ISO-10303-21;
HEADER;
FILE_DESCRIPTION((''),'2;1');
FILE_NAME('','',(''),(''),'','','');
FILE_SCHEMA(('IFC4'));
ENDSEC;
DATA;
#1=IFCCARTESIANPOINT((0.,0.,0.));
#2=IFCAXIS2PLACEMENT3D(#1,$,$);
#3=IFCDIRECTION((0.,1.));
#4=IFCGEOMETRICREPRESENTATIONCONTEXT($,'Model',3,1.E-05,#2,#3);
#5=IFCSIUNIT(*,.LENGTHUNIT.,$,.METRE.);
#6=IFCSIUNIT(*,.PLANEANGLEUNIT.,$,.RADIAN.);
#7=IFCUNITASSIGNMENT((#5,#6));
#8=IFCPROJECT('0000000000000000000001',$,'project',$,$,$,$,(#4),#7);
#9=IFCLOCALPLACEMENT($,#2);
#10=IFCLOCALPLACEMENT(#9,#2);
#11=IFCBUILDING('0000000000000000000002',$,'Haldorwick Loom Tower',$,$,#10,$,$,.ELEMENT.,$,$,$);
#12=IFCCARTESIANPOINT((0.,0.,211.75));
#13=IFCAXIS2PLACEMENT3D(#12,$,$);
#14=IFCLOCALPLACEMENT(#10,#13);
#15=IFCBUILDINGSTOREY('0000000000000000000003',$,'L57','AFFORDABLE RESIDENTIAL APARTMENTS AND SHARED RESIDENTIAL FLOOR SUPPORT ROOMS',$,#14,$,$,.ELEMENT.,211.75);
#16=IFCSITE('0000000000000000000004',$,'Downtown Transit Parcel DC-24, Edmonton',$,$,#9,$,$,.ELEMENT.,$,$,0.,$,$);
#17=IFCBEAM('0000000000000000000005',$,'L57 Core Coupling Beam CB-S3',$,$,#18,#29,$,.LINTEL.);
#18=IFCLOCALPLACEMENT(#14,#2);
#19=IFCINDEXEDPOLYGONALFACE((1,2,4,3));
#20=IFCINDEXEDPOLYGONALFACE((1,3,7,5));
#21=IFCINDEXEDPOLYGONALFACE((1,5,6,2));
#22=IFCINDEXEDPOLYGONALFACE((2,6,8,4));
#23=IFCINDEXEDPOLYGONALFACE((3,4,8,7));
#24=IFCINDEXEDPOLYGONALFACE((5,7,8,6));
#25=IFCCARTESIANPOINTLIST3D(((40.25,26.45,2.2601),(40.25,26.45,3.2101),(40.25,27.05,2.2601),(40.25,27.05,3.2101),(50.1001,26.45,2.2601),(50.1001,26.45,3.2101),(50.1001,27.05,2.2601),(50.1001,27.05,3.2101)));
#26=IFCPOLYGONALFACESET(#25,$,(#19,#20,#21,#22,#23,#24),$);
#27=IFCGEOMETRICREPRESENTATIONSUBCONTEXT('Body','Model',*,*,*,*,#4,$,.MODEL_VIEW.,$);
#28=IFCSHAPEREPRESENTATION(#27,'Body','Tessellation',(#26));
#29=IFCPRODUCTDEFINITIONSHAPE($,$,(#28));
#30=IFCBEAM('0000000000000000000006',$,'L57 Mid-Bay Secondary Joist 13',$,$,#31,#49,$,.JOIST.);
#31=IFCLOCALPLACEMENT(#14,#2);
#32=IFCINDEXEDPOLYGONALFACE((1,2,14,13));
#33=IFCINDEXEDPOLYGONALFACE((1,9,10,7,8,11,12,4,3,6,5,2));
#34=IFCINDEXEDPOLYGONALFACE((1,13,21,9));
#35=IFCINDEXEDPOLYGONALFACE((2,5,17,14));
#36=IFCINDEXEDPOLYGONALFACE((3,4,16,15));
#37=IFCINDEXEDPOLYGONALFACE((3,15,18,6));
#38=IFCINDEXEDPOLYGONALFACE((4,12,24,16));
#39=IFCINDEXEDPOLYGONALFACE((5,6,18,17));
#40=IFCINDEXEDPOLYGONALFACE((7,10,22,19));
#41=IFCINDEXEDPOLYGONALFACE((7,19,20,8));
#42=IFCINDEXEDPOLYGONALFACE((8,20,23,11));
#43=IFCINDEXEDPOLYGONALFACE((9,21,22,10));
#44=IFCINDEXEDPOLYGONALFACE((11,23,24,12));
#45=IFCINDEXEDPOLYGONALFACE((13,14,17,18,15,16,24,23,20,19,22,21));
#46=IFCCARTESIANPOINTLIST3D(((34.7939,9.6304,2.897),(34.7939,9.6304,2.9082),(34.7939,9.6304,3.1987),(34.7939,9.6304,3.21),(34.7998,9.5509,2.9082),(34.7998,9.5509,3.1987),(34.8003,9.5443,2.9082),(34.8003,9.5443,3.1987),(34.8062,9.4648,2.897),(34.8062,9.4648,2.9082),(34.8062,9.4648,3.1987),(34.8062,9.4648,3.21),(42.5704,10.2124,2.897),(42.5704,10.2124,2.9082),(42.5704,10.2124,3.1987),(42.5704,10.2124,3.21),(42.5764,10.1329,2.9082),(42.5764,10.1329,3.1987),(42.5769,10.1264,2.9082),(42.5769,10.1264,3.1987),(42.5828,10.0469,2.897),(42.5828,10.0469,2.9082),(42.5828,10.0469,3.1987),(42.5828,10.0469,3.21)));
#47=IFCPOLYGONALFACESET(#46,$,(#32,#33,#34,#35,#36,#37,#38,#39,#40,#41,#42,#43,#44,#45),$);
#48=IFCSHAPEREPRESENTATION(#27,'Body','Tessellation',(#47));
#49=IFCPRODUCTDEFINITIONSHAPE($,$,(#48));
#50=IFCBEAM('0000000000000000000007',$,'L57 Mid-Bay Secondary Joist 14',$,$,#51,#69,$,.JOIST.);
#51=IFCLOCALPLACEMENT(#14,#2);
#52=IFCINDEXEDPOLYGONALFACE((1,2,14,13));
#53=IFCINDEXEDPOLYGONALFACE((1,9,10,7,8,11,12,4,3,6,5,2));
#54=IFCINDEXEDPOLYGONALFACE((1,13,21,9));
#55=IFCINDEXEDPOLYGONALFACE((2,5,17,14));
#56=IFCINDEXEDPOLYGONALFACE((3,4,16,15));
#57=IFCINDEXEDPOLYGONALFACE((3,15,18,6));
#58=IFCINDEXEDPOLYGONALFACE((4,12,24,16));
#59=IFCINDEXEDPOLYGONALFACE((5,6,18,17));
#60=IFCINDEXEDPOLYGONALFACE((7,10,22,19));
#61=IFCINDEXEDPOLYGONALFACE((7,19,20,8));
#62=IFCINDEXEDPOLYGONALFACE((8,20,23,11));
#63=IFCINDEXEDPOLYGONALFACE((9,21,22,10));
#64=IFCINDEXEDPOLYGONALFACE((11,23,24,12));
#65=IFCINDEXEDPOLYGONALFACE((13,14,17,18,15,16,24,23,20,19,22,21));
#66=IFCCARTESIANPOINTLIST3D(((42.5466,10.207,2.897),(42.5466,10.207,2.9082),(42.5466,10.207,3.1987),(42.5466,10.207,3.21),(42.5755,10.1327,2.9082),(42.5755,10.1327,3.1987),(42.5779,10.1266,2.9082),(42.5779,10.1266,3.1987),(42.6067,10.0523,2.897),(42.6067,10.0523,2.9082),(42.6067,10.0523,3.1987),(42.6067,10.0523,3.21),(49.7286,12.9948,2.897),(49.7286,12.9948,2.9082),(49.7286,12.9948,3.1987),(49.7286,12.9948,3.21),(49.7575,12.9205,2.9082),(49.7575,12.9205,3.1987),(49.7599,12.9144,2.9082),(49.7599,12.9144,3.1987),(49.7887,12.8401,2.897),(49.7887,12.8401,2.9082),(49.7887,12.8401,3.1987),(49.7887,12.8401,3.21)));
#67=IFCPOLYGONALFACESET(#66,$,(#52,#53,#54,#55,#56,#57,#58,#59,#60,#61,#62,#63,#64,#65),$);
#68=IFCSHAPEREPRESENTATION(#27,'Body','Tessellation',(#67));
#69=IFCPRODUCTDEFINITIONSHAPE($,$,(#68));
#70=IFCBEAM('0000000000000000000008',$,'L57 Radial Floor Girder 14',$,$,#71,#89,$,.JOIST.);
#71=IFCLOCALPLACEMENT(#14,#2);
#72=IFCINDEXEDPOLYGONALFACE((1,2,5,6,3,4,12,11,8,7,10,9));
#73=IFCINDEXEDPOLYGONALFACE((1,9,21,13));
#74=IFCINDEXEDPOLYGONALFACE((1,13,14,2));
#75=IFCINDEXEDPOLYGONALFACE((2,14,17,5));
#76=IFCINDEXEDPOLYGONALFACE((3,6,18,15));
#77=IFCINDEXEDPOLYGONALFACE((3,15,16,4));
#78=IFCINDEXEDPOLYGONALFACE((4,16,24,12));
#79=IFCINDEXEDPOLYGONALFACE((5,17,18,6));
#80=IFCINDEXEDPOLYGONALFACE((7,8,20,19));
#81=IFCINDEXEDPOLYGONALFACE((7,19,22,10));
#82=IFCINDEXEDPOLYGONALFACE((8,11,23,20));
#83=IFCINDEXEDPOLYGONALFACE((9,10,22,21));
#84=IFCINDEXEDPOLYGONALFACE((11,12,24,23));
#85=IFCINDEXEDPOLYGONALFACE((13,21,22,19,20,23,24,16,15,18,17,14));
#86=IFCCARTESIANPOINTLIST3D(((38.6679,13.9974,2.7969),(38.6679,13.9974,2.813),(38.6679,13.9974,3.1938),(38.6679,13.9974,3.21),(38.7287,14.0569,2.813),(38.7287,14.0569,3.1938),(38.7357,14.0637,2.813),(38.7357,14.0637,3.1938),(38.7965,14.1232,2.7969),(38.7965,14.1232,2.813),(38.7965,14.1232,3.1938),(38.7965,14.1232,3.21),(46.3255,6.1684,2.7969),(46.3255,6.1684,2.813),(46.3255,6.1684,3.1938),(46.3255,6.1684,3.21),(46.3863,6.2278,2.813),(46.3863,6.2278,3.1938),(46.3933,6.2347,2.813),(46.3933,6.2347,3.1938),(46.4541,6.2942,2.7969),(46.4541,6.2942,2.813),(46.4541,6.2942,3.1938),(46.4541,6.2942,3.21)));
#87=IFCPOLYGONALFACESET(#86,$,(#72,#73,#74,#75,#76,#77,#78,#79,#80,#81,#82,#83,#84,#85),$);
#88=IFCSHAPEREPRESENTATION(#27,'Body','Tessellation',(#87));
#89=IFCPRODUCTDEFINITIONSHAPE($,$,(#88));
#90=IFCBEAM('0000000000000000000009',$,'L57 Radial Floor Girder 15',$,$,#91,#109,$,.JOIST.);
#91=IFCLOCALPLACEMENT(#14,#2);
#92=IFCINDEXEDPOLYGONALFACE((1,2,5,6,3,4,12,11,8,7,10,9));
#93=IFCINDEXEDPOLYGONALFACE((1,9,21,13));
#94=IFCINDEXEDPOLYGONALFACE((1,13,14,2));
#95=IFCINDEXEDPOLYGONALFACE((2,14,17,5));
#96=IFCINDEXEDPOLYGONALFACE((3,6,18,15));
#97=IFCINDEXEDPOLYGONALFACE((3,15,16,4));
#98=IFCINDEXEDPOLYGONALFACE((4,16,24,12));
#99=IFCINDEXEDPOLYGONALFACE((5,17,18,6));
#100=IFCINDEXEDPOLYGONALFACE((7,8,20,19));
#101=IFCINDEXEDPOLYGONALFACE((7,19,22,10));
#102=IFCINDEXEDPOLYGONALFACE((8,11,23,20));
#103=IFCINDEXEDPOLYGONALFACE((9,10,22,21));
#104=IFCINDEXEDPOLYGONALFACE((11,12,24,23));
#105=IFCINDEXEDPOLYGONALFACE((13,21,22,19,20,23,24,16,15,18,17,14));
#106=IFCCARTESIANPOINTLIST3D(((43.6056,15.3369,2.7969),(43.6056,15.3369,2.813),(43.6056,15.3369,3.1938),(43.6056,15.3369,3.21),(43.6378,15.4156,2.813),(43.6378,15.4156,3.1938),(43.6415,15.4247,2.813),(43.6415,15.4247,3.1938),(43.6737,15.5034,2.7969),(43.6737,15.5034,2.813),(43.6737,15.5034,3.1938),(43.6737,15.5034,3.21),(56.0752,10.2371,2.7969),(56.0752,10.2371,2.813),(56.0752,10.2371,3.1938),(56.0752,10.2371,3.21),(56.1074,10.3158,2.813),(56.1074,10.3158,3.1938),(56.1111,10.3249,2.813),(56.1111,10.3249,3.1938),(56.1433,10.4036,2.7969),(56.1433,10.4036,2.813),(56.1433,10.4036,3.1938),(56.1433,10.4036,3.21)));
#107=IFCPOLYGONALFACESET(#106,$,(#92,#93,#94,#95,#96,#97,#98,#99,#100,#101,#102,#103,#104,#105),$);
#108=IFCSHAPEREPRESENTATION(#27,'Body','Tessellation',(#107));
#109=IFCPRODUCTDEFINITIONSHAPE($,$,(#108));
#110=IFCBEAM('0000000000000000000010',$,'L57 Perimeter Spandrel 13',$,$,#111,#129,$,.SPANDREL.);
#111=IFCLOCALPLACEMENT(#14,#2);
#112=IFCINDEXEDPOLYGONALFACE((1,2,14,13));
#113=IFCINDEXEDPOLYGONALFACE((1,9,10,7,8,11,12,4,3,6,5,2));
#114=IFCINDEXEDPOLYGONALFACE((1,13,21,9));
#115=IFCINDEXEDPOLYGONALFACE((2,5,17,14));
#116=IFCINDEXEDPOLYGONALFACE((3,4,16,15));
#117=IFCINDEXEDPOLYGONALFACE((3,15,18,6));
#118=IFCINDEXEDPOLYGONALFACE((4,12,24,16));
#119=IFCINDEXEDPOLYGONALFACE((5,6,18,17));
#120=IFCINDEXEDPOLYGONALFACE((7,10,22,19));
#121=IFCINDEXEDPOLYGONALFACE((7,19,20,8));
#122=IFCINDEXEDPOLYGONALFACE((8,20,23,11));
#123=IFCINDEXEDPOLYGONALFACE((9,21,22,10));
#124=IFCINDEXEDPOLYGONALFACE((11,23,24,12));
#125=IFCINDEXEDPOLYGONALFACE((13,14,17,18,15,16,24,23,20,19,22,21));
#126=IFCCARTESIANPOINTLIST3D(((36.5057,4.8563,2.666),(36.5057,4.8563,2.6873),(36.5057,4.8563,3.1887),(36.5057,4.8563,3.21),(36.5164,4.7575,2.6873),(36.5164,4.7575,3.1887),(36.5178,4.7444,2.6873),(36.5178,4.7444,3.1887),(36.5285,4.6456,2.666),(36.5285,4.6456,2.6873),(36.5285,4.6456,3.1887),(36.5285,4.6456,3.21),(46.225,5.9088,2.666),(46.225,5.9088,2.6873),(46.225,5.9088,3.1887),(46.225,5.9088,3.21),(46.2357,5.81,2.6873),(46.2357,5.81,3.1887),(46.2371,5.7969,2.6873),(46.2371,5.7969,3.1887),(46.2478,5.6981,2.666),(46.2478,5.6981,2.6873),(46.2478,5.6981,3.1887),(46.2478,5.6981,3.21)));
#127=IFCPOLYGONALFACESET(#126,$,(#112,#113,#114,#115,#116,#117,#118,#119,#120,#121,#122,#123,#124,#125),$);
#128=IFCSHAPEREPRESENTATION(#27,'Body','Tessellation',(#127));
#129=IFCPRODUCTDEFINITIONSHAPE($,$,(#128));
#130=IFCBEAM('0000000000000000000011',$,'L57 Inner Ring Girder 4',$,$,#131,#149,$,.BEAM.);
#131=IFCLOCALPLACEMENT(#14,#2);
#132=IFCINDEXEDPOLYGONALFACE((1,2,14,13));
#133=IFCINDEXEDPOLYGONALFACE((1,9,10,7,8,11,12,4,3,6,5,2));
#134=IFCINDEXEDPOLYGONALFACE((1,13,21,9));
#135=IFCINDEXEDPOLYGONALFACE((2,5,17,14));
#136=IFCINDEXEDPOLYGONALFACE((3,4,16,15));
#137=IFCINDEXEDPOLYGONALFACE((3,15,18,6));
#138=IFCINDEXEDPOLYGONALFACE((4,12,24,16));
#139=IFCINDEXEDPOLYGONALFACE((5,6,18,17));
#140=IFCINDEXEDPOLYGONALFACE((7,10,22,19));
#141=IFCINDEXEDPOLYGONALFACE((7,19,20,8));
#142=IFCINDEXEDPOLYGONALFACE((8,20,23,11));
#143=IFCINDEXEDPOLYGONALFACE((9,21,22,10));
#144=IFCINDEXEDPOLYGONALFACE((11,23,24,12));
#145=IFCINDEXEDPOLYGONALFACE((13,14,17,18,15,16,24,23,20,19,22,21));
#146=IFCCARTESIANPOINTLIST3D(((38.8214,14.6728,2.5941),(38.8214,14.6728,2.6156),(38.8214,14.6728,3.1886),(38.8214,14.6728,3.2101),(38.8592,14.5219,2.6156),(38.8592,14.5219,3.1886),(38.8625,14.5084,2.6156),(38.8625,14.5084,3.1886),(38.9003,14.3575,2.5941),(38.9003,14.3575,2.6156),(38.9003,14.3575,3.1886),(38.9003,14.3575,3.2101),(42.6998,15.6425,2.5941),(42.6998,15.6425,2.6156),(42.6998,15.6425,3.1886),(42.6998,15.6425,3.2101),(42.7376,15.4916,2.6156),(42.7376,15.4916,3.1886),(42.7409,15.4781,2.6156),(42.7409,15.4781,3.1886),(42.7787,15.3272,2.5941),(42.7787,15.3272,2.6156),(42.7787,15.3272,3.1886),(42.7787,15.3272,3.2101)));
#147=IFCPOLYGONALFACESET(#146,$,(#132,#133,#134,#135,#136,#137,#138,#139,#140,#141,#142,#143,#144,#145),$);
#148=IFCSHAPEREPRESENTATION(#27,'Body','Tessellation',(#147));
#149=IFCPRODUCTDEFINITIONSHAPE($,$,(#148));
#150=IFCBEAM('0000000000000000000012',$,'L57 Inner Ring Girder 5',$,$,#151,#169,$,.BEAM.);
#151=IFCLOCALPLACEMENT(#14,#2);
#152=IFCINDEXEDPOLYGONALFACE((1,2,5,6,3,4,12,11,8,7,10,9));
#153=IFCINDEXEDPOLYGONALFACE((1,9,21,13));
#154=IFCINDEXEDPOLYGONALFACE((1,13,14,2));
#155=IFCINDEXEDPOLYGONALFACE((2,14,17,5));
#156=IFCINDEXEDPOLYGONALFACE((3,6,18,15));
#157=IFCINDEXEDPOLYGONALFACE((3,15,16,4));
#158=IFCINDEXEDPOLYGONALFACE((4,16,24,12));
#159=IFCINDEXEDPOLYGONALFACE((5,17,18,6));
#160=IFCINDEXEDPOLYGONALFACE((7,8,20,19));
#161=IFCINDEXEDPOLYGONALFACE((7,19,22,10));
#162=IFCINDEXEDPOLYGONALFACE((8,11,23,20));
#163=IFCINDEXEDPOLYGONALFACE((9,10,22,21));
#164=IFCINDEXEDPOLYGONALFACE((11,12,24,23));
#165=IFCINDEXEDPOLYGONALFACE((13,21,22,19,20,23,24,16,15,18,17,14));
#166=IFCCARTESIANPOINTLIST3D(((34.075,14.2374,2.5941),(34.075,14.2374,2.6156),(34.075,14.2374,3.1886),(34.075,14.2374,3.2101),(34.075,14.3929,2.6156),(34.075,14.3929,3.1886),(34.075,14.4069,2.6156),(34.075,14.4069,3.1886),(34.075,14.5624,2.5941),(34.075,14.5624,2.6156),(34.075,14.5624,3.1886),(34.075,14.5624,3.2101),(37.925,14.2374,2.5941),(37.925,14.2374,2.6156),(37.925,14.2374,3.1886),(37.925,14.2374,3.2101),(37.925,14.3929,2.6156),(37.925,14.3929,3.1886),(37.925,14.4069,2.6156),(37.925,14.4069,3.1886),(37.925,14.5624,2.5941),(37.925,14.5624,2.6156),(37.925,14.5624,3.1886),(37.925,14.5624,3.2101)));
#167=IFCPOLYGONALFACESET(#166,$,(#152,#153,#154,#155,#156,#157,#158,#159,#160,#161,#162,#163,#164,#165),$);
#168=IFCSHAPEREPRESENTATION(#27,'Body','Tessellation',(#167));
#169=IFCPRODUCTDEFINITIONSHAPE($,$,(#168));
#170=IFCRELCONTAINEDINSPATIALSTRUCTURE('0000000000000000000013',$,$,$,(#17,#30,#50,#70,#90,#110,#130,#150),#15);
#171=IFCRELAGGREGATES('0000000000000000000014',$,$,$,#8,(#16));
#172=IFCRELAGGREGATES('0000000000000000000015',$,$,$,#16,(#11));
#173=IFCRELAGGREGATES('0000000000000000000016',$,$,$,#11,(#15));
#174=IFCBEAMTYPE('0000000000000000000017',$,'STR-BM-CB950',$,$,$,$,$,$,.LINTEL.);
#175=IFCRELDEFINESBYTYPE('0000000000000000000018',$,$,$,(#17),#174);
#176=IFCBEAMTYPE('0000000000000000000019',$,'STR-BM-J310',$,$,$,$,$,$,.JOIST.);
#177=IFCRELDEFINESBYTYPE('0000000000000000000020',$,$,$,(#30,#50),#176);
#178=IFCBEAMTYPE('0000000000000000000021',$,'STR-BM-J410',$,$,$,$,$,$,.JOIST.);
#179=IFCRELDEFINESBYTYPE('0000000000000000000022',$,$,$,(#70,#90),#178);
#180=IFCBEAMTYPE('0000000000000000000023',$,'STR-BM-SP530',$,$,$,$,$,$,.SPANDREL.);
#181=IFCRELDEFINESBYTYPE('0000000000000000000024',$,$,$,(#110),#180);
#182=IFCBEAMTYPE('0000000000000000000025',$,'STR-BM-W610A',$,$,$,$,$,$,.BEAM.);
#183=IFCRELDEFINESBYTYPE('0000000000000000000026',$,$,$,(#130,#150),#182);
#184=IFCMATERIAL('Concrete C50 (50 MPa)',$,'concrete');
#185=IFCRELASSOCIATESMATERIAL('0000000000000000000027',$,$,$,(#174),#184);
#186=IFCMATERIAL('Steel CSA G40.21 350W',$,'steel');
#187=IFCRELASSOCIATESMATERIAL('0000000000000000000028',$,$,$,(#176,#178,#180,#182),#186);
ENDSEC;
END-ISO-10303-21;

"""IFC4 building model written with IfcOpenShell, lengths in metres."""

from ifc_helpers import new_model, si_unit, direction, frame, origin, origin_2d, place, context, subcontext, project, spatial, rectangle, i_section, extrude, material, material_profile, profile_set, type_object, element, save


model = new_model("IFC4")

# Units and contexts
model_context = context("Model", 3, precision=1e-05, world=origin(), true_north=direction((0.0, 1.0)))
body_context = subcontext(model_context, "Body", "Model", "MODEL_VIEW")
ifc_project = project(units=[si_unit("LENGTHUNIT", "METRE"), si_unit("PLANEANGLEUNIT", "RADIAN")], contexts=[model_context])

# Site, building, storey
site_placement = place(None, origin())
site = spatial("IfcSite", under=ifc_project, at=site_placement, Name="Downtown Transit Parcel DC-24, Edmonton", CompositionType="ELEMENT", RefElevation=0.0)
building_placement = place(site_placement, origin())
building = spatial("IfcBuilding", under=site, at=building_placement, Name="Haldorwick Loom Tower", CompositionType="ELEMENT")
storey_placement = place(building_placement, frame((0.0, 0.0, 211.75)))
storey = spatial("IfcBuildingStorey", under=building, at=storey_placement, Name="L57", Description="AFFORDABLE RESIDENTIAL APARTMENTS AND SHARED RESIDENTIAL FLOOR SUPPORT ROOMS", CompositionType="ELEMENT", Elevation=211.75)

# Shared definitions
ifc_material_1 = material(Name="Steel CSA G40.21 350W", Category="steel")

# Beams
ifc_material_2 = material(Name="Concrete C50 (50 MPa)", Category="concrete")
ifc_material_profile_1 = material_profile(ifc_material_2, rectangle(XDim=0.6001, YDim=0.95, at=origin_2d()), Name="RC600X950", Category="concrete")
ifc_profile_set_1 = profile_set([ifc_material_profile_1], Name="Concrete C50 (50 MPa)")
beam_type_1 = type_object("IfcBeamType", Name="STR-BM-CB950", PredefinedType="LINTEL", material=ifc_profile_set_1)
beam_1_placement = place(storey_placement, frame((40.25, 26.75, 2.7351), z_axis=(1.0, 0.0, 0.0), x_axis=(0.0, 1.0, 0.0)))
element("IfcBeam", 1, at=beam_1_placement, inside=storey, type_object=beam_type_1, Name="L57 Core Coupling Beam CB-S3", PredefinedType="LINTEL", context=body_context, shape_type="SweptSolid", body=[
    extrude(rectangle(XDim=0.6001, YDim=0.95, at=origin_2d()), origin(), (0.0, 0.0, 1.0), 9.8501),
])
ifc_material_profile_2 = material_profile(ifc_material_1, i_section(OverallWidth=0.166, OverallDepth=0.313, WebThickness=0.0066, FlangeThickness=0.0112, at=origin_2d()), Name="W310X45", Category="steel")
ifc_profile_set_2 = profile_set([ifc_material_profile_2], Name="Steel CSA G40.21 350W")
beam_type_2 = type_object("IfcBeamType", Name="STR-BM-J310", PredefinedType="JOIST", material=ifc_profile_set_2)
beam_2_placement = place(storey_placement, frame((34.8, 9.5476, 3.0535), z_axis=(0.997211, 0.074635, 0.0), x_axis=(-0.074635, 0.997211, 0.0)))
element("IfcBeam", 2, at=beam_2_placement, inside=storey, type_object=beam_type_2, Name="L57 Mid-Bay Secondary Joist 13", PredefinedType="JOIST", context=body_context, shape_type="SweptSolid", body=[
    extrude(i_section(OverallWidth=0.166, OverallDepth=0.313, WebThickness=0.0066, FlangeThickness=0.0112, at=origin_2d()), origin(), (0.0, 0.0, 1.0), 7.7983),
])
beam_3_placement = place(storey_placement, frame((42.5767, 10.1296, 3.0535), z_axis=(0.932233, 0.361859, 0.0), x_axis=(-0.361859, 0.932233, 0.0)))
element("IfcBeam", 3, at=beam_3_placement, inside=storey, type_object=beam_type_2, Name="L57 Mid-Bay Secondary Joist 14", PredefinedType="JOIST", context=body_context, shape_type="SweptSolid", body=[
    extrude(i_section(OverallWidth=0.166, OverallDepth=0.313, WebThickness=0.0066, FlangeThickness=0.0112, at=origin_2d()), origin(), (0.0, 0.0, 1.0), 7.7041),
])
ifc_material_profile_3 = material_profile(ifc_material_1, i_section(OverallWidth=0.1799, OverallDepth=0.4131, WebThickness=0.0098, FlangeThickness=0.0161, at=origin_2d()), Name="W410X74", Category="steel")
ifc_profile_set_3 = profile_set([ifc_material_profile_3], Name="Steel CSA G40.21 350W")
beam_type_3 = type_object("IfcBeamType", Name="STR-BM-J410", PredefinedType="JOIST", material=ifc_profile_set_3)
beam_4_placement = place(storey_placement, frame((38.7322, 14.0603, 3.0034), z_axis=(0.699239, -0.714888, 0.0), x_axis=(0.714888, 0.699239, 0.0)))
element("IfcBeam", 4, at=beam_4_placement, inside=storey, type_object=beam_type_3, Name="L57 Radial Floor Girder 14", PredefinedType="JOIST", context=body_context, shape_type="SweptSolid", body=[
    extrude(i_section(OverallWidth=0.1799, OverallDepth=0.4131, WebThickness=0.0098, FlangeThickness=0.0161, at=origin_2d()), origin(), (0.0, 0.0, 1.0), 10.9514),
])
beam_5_placement = place(storey_placement, frame((43.6396, 15.4202, 3.0034), z_axis=(0.925583, -0.378544, 0.0), x_axis=(0.378544, 0.925583, 0.0)))
element("IfcBeam", 5, at=beam_5_placement, inside=storey, type_object=beam_type_3, Name="L57 Radial Floor Girder 15", PredefinedType="JOIST", context=body_context, shape_type="SweptSolid", body=[
    extrude(i_section(OverallWidth=0.1799, OverallDepth=0.4131, WebThickness=0.0098, FlangeThickness=0.0161, at=origin_2d()), origin(), (0.0, 0.0, 1.0), 13.4722),
])
ifc_material_profile_4 = material_profile(ifc_material_1, i_section(OverallWidth=0.2119, OverallDepth=0.5439, WebThickness=0.0132, FlangeThickness=0.0212, at=origin_2d()), Name="W530X123", Category="steel")
ifc_profile_set_4 = profile_set([ifc_material_profile_4], Name="Steel CSA G40.21 350W")
beam_type_4 = type_object("IfcBeamType", Name="STR-BM-SP530", PredefinedType="SPANDREL", material=ifc_profile_set_4)
beam_6_placement = place(storey_placement, frame((36.5171, 4.751, 2.938), z_axis=(0.994188, 0.10766, 0.0), x_axis=(-0.10766, 0.994188, 0.0)))
element("IfcBeam", 6, at=beam_6_placement, inside=storey, type_object=beam_type_4, Name="L57 Perimeter Spandrel 13", PredefinedType="SPANDREL", context=body_context, shape_type="SweptSolid", body=[
    extrude(i_section(OverallWidth=0.2119, OverallDepth=0.5439, WebThickness=0.0132, FlangeThickness=0.0212, at=origin_2d()), origin(), (0.0, 0.0, 1.0), 9.7761),
])
ifc_material_profile_5 = material_profile(ifc_material_1, i_section(OverallWidth=0.325, OverallDepth=0.616, WebThickness=0.0139, FlangeThickness=0.0215, at=origin_2d()), Name="W610X174", Category="steel")
ifc_profile_set_5 = profile_set([ifc_material_profile_5], Name="Steel CSA G40.21 350W")
beam_type_5 = type_object("IfcBeamType", Name="STR-BM-W610A", PredefinedType="BEAM", material=ifc_profile_set_5)
beam_7_placement = place(storey_placement, frame((42.7393, 15.4849, 2.9021), z_axis=(-0.970135, -0.242564, 0.0), x_axis=(0.242564, -0.970135, 0.0)))
element("IfcBeam", 7, at=beam_7_placement, inside=storey, type_object=beam_type_5, Name="L57 Inner Ring Girder 4", PredefinedType="BEAM", context=body_context, shape_type="SweptSolid", body=[
    extrude(i_section(OverallWidth=0.325, OverallDepth=0.616, WebThickness=0.0139, FlangeThickness=0.0215, at=origin_2d()), origin(), (0.0, 0.0, 1.0), 3.9978),
])
beam_8_placement = place(storey_placement, frame((37.925, 14.3999, 2.9021), z_axis=(-1.0, 0.0, 0.0), x_axis=(0.0, -1.0, 0.0)))
element("IfcBeam", 8, at=beam_8_placement, inside=storey, type_object=beam_type_5, Name="L57 Inner Ring Girder 5", PredefinedType="BEAM", context=body_context, shape_type="SweptSolid", body=[
    extrude(i_section(OverallWidth=0.325, OverallDepth=0.616, WebThickness=0.0139, FlangeThickness=0.0215, at=origin_2d()), origin(), (0.0, 0.0, 1.0), 3.8501),
])

save(model, "model.ifc")
